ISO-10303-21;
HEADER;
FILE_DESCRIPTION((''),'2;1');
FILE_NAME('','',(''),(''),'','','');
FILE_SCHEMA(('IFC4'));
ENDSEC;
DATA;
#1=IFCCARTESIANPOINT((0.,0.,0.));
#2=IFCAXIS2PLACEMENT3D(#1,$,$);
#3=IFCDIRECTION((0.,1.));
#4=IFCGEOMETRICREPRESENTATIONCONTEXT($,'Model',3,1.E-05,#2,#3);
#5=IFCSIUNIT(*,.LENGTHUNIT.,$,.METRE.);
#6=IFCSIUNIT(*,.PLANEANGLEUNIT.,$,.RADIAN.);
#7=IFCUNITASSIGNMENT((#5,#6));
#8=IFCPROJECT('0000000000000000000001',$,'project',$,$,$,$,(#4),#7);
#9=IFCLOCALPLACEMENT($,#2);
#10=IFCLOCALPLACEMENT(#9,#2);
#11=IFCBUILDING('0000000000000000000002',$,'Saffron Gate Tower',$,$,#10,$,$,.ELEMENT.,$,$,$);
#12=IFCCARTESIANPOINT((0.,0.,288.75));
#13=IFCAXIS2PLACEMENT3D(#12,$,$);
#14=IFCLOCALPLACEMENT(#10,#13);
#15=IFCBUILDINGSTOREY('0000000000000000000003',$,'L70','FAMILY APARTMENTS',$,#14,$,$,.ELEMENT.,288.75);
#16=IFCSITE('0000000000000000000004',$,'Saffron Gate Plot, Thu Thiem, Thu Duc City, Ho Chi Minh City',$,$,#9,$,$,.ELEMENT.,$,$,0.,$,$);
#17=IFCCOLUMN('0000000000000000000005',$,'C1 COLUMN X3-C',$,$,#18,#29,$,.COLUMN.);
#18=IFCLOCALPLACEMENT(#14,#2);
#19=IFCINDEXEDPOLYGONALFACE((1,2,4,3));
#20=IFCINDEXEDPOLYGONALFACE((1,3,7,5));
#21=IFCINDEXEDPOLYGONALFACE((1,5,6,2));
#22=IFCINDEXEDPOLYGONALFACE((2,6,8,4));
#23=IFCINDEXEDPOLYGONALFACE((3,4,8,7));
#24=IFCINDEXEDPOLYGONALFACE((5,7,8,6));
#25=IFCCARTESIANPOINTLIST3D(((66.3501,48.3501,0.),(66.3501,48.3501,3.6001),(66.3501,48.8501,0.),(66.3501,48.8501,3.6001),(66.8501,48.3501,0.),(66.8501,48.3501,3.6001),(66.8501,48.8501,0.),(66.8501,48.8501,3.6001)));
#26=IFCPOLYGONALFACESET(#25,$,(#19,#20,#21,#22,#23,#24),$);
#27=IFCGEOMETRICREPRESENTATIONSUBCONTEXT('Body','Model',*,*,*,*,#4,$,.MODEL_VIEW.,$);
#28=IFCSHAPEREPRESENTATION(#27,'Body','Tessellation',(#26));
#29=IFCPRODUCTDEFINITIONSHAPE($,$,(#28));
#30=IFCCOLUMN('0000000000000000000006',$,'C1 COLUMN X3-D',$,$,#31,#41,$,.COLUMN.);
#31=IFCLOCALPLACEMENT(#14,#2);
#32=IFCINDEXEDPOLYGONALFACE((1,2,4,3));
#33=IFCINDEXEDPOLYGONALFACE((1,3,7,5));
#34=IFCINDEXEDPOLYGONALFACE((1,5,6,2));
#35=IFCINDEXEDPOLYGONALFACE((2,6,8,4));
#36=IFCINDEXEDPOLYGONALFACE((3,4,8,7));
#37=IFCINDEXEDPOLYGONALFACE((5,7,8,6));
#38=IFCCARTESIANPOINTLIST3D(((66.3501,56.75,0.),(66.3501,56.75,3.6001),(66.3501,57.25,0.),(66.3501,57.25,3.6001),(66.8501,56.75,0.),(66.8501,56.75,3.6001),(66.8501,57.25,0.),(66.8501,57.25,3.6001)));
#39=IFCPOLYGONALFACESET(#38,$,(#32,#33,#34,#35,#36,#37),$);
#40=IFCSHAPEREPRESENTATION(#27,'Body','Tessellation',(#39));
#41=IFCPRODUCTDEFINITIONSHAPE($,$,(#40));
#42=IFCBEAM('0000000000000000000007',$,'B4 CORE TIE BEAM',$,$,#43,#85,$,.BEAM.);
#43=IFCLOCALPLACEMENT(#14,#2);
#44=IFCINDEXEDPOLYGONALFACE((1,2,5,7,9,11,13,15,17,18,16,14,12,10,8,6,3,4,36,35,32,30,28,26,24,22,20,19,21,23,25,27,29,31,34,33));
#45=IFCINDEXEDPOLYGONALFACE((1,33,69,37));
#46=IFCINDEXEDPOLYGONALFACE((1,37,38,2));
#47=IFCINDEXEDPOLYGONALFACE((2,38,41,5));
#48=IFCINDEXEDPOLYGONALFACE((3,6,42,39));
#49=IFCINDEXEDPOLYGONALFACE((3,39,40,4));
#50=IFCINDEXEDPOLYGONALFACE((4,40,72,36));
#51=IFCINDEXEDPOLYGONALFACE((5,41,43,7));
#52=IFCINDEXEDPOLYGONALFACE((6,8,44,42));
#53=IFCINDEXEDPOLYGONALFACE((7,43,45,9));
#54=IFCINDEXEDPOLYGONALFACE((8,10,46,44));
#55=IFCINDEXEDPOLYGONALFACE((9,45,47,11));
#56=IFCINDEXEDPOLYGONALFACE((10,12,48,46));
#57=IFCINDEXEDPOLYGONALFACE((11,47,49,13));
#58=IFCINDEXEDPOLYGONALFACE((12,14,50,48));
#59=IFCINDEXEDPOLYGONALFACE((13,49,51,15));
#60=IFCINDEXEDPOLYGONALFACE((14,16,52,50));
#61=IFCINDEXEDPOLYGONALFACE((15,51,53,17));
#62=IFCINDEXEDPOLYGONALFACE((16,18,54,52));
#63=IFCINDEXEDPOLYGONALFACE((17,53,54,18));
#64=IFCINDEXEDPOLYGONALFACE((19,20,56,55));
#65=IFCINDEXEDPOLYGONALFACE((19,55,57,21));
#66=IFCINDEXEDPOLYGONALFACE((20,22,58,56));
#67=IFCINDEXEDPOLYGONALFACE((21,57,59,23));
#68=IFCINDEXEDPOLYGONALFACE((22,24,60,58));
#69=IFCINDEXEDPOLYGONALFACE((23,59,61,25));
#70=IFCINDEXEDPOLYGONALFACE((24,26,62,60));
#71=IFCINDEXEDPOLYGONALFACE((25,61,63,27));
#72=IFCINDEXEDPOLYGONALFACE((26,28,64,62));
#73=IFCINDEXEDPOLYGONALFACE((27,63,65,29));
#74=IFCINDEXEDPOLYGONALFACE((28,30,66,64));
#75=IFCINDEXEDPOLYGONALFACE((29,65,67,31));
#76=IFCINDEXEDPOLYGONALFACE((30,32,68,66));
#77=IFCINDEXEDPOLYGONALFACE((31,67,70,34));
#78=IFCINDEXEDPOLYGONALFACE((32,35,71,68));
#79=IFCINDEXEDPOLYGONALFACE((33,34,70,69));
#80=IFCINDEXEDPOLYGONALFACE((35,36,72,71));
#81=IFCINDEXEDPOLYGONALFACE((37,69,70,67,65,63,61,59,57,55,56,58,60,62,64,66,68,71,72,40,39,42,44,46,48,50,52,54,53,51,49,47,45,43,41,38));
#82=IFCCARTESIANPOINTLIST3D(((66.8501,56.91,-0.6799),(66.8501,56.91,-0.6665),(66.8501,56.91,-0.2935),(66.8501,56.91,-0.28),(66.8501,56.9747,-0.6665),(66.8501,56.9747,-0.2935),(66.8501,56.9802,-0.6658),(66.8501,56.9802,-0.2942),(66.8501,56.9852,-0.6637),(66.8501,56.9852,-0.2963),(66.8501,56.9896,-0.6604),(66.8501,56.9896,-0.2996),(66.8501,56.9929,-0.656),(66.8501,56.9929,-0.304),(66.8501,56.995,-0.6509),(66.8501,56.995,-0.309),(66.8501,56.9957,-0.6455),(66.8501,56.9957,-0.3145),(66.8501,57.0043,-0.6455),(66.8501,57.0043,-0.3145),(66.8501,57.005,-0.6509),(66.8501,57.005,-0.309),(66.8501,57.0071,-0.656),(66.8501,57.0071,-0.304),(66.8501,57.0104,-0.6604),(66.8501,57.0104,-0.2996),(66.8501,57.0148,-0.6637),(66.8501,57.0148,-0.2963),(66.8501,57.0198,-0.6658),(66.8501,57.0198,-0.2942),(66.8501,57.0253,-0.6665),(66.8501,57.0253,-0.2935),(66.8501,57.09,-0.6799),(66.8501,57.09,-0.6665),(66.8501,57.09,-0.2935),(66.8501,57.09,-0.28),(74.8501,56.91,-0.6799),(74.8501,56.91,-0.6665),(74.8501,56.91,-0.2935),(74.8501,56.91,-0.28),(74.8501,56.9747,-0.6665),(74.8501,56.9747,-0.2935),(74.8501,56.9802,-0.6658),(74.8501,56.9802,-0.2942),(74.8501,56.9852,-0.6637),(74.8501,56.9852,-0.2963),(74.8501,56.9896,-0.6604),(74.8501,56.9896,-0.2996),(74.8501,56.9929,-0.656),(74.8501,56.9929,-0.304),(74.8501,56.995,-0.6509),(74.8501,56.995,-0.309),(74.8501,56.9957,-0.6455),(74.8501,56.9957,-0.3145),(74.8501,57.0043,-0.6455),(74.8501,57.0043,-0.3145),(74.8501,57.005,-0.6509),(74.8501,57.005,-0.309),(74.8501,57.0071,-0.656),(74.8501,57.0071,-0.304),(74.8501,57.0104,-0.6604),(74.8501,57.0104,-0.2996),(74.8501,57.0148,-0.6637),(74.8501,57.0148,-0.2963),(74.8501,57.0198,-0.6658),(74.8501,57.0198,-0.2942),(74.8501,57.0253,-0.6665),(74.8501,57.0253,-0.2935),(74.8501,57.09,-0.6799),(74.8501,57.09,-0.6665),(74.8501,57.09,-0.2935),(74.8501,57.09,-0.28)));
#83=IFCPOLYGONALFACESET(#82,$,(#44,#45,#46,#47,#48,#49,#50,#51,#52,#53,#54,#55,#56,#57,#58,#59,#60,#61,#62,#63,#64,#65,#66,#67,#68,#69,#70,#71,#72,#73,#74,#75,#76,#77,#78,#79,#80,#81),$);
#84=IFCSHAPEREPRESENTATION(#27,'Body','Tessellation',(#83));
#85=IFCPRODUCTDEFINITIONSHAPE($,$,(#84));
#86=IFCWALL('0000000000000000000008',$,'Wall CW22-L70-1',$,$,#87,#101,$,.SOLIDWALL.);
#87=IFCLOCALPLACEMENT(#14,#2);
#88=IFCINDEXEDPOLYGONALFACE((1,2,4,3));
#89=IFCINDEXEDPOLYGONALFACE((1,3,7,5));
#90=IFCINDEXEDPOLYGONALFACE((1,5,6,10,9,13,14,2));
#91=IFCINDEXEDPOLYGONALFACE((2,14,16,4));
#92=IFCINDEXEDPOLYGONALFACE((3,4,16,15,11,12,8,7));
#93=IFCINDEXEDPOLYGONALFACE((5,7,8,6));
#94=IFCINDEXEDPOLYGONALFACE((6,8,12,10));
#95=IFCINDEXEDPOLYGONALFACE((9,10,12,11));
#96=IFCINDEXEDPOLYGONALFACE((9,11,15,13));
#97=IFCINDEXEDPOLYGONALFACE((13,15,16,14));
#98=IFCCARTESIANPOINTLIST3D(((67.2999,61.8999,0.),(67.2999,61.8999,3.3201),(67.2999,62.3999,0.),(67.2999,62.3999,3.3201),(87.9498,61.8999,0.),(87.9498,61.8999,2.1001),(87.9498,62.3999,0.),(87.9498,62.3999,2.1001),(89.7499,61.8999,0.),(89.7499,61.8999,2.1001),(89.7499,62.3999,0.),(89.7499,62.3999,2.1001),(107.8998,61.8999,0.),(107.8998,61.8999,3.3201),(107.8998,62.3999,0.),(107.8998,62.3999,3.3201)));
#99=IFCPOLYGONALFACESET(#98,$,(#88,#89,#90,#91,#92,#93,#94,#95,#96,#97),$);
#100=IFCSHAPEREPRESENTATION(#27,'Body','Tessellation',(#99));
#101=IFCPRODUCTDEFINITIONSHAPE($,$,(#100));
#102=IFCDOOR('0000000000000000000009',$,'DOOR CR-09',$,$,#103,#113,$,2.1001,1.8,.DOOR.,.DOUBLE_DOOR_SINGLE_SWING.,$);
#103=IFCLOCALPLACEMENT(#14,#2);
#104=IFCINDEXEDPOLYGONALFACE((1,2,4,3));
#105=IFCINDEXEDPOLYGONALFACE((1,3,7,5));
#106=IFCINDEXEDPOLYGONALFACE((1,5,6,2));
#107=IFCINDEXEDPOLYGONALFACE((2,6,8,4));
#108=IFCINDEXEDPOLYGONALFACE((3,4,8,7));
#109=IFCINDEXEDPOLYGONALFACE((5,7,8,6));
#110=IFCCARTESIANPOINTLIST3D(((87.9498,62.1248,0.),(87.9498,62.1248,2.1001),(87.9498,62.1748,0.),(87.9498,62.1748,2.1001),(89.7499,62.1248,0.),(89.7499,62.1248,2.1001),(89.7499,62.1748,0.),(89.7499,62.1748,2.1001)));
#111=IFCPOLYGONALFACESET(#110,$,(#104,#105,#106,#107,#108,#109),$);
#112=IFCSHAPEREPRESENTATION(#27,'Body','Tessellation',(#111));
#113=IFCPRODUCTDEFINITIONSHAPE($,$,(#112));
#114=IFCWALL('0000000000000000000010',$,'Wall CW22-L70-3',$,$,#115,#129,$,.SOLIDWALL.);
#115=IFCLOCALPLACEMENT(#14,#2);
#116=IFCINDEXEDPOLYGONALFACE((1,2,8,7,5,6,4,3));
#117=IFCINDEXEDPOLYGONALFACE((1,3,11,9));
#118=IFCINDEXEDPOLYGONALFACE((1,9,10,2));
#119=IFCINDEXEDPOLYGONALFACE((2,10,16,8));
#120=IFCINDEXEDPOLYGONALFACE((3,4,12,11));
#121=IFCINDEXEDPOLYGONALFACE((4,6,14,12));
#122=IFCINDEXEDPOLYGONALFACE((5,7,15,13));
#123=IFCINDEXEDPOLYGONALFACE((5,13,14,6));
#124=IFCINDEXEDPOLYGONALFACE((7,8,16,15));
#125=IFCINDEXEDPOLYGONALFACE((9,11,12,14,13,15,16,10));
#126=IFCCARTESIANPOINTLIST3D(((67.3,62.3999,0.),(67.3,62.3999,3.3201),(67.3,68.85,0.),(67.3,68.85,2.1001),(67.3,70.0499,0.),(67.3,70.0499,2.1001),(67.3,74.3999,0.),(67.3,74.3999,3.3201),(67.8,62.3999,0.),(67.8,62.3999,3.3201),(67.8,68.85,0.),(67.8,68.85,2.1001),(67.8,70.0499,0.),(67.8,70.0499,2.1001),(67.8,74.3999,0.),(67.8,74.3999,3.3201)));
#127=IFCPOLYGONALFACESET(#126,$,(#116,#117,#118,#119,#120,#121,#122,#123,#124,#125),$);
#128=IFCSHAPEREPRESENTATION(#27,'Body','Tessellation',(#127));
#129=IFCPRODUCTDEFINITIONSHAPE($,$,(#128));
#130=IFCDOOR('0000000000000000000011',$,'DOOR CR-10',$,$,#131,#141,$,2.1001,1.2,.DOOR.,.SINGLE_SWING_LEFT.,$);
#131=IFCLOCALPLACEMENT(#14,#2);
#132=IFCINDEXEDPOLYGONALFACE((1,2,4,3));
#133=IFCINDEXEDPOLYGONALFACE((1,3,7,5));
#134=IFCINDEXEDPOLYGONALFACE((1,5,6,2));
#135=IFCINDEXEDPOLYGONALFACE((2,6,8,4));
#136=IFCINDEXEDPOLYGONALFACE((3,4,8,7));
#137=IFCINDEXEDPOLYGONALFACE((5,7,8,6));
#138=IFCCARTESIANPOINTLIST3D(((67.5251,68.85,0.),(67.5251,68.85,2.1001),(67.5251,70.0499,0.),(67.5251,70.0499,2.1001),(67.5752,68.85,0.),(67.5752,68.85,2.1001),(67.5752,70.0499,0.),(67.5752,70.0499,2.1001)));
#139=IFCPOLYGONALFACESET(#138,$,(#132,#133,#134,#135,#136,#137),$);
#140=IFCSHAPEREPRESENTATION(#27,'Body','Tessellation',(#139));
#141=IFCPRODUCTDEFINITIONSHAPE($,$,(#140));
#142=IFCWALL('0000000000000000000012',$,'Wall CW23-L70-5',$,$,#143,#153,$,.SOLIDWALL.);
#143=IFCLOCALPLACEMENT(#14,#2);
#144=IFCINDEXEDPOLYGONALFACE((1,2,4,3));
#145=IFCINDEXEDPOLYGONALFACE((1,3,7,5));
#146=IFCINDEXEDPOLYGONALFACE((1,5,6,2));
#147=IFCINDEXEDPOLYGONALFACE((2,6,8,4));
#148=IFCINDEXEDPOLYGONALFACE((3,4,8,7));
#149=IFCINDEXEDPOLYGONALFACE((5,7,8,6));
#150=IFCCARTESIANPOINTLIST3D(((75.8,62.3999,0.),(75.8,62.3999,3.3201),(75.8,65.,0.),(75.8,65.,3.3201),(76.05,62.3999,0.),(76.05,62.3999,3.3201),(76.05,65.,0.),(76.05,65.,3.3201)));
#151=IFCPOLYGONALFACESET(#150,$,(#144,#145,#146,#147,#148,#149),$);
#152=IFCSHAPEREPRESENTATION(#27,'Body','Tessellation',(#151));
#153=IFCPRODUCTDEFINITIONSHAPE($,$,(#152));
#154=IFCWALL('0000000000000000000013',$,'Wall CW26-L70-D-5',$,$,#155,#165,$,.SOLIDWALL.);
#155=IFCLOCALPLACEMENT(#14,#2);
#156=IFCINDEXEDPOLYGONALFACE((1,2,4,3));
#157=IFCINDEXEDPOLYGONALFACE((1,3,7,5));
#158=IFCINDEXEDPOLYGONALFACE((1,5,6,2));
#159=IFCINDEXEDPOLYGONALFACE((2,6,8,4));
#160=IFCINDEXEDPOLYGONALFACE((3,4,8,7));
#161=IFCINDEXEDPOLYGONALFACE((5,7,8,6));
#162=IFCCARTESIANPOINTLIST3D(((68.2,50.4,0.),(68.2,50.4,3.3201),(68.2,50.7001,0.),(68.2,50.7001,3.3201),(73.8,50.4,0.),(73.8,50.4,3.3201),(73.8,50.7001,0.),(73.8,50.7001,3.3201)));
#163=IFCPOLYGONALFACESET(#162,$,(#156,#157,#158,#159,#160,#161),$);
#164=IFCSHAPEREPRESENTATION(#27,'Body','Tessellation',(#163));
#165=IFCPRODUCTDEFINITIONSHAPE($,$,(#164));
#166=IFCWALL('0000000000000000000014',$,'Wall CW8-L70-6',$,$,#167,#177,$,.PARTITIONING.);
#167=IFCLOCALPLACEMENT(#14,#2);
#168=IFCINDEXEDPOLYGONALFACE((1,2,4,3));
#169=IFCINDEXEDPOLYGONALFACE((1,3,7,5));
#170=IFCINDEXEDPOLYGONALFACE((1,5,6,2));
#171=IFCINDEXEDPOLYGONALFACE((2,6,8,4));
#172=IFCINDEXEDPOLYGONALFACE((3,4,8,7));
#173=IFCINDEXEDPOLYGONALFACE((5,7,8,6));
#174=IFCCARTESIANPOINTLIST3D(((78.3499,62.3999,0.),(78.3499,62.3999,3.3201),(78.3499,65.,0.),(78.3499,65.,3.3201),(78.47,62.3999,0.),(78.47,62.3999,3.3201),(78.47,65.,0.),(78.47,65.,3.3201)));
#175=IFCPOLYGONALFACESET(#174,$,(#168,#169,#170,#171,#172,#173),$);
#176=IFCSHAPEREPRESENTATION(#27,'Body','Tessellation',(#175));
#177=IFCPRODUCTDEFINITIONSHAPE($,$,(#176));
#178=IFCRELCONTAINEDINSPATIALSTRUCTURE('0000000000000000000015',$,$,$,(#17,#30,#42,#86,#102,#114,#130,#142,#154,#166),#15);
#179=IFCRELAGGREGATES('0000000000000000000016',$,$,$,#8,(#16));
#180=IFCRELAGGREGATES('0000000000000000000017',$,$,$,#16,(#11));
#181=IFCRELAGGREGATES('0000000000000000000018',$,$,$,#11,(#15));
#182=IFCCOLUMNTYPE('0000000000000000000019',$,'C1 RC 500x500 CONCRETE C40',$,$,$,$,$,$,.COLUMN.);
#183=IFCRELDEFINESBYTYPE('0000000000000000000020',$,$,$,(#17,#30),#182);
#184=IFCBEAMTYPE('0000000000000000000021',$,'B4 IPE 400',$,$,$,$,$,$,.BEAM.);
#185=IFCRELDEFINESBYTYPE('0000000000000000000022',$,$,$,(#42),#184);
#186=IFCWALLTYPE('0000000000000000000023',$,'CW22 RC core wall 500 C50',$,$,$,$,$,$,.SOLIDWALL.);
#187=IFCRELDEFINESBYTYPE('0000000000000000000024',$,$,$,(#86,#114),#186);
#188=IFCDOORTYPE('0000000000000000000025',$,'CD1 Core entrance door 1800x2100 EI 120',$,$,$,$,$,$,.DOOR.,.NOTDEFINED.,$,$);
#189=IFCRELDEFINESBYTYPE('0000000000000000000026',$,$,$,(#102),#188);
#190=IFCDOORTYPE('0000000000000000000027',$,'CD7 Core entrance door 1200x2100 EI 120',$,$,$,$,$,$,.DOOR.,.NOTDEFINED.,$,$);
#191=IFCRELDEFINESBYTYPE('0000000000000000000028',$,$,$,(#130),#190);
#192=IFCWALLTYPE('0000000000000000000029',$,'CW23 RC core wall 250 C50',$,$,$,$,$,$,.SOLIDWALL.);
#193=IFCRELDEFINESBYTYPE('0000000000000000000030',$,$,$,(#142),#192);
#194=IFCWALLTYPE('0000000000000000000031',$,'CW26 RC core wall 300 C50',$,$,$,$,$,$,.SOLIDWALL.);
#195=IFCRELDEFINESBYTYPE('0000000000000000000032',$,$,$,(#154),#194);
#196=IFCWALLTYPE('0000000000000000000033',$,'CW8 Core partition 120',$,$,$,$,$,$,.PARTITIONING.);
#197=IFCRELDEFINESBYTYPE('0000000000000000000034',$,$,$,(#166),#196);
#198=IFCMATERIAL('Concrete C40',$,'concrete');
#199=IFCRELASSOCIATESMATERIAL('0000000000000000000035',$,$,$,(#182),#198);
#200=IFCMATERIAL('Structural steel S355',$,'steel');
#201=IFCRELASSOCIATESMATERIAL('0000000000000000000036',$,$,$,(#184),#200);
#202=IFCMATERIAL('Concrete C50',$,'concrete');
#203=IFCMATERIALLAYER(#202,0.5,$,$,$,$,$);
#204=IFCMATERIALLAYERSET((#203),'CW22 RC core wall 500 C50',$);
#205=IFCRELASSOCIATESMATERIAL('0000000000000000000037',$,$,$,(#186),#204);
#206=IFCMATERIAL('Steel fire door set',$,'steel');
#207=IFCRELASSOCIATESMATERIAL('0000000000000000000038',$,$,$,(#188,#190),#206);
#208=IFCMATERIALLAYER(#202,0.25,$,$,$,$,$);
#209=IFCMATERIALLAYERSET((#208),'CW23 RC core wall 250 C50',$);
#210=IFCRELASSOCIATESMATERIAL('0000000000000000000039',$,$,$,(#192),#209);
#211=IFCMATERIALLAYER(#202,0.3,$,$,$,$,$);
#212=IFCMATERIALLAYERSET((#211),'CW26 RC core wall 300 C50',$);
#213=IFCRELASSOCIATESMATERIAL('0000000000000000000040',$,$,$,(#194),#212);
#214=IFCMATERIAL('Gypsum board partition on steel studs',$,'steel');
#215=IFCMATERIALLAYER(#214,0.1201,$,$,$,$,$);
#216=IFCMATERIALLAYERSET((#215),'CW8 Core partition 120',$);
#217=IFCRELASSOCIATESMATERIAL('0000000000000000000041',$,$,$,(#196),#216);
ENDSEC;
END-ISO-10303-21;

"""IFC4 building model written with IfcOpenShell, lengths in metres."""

from ifc_helpers import new_model, si_unit, direction, frame, frame_2d, origin, origin_2d, place, context, subcontext, project, spatial, rectangle, i_section, extrude, material, layer, layer_set, material_profile, profile_set, type_object, element, fill, save


model = new_model("IFC4")

# Units and contexts
model_context = context("Model", 3, precision=1e-05, world=origin(), true_north=direction((0.0, 1.0)))
body_context = subcontext(model_context, "Body", "Model", "MODEL_VIEW")
ifc_project = project(units=[si_unit("LENGTHUNIT", "METRE"), si_unit("PLANEANGLEUNIT", "RADIAN")], contexts=[model_context])

# Site, building, storey
site_placement = place(None, origin())
site = spatial("IfcSite", under=ifc_project, at=site_placement, Name="Saffron Gate Plot, Thu Thiem, Thu Duc City, Ho Chi Minh City", CompositionType="ELEMENT", RefElevation=0.0)
building_placement = place(site_placement, origin())
building = spatial("IfcBuilding", under=site, at=building_placement, Name="Saffron Gate Tower", CompositionType="ELEMENT")
storey_placement = place(building_placement, frame((0.0, 0.0, 288.75)))
storey = spatial("IfcBuildingStorey", under=building, at=storey_placement, Name="L70", Description="FAMILY APARTMENTS", CompositionType="ELEMENT", Elevation=288.75)

# Columns
ifc_material_1 = material(Name="Concrete C40", Category="concrete")
ifc_material_profile_1 = material_profile(ifc_material_1, rectangle(XDim=0.5, YDim=0.5, at=origin_2d()))
ifc_profile_set_1 = profile_set([ifc_material_profile_1], Name="Concrete C40")
column_type = type_object("IfcColumnType", Name="C1 RC 500x500 CONCRETE C40", PredefinedType="COLUMN", material=ifc_profile_set_1)
for number, where, z_axis, x_axis, name in (
    (1, (66.6001, 48.6001, 0.0), (0.0, 0.0, 1.0), (1.0, 0.0, 0.0), "C1 COLUMN X3-C"),
    (2, (66.6001, 57.0, 0.0), (0.0, 0.0, 1.0), (1.0, 0.0, 0.0), "C1 COLUMN X3-D"),
):
    element("IfcColumn", number, at=place(storey_placement, frame(where, z_axis=z_axis, x_axis=x_axis)), inside=storey, type_object=column_type, Name=name, PredefinedType="COLUMN", context=body_context, shape_type="SweptSolid", body=[
        extrude(rectangle(XDim=0.5, YDim=0.5, at=origin_2d()), origin(), (0.0, 0.0, 1.0), 3.6001),
    ])

# Beam
ifc_material_2 = material(Name="Structural steel S355", Category="steel")
ifc_material_profile_2 = material_profile(ifc_material_2, i_section(OverallWidth=0.1799, OverallDepth=0.3999, WebThickness=0.0085, FlangeThickness=0.0134, FilletRadius=0.021, at=origin_2d()))
ifc_profile_set_2 = profile_set([ifc_material_profile_2], Name="Structural steel S355")
beam_type = type_object("IfcBeamType", Name="B4 IPE 400", PredefinedType="BEAM", material=ifc_profile_set_2)
beam_placement = place(storey_placement, frame((66.8501, 57.0, -0.48), z_axis=(1.0, 0.0, 0.0), x_axis=(0.0, 1.0, 0.0)))
element("IfcBeam", 3, at=beam_placement, inside=storey, type_object=beam_type, Name="B4 CORE TIE BEAM", PredefinedType="BEAM", context=body_context, shape_type="SweptSolid", body=[
    extrude(i_section(OverallWidth=0.1799, OverallDepth=0.3999, WebThickness=0.0085, FlangeThickness=0.0134, FilletRadius=0.021, at=origin_2d()), origin(), (0.0, 0.0, 1.0), 8.0),
])

# Walls, openings, doors
ifc_material_3 = material(Name="Concrete C50", Category="concrete")
ifc_layer_1 = layer(ifc_material_3, 0.5)
ifc_layer_set_1 = layer_set([ifc_layer_1], Name="CW22 RC core wall 500 C50")
wall_type_1 = type_object("IfcWallType", Name="CW22 RC core wall 500 C50", PredefinedType="SOLIDWALL", material=ifc_layer_set_1)
wall_1_placement = place(storey_placement, frame((67.3, 62.1499, 0.0), z_axis=(0.0, 0.0, 1.0), x_axis=(1.0, 0.0, 0.0)))
wall_1 = element("IfcWall", 4, at=wall_1_placement, inside=storey, type_object=wall_type_1, Name="Wall CW22-L70-1", PredefinedType="SOLIDWALL", context=body_context, shape_type="SweptSolid", body=[
    extrude(rectangle(XDim=40.5999, YDim=0.5, at=frame_2d((20.2998, 0.0))), origin(), (0.0, 0.0, 1.0), 3.3201),
])
opening_1_placement = place(wall_1_placement, frame((20.6499, 0.0, 0.0)))
opening_1 = element("IfcOpeningElement", 5, at=opening_1_placement, cuts=wall_1, PredefinedType="OPENING", context=body_context, shape_type="SweptSolid", body=[
    extrude(rectangle(XDim=1.8, YDim=2.1001, at=frame_2d((0.8999, 1.05))), frame((0.0, 0.26, 0.0), z_axis=(0.0, -1.0, 0.0), x_axis=(1.0, 0.0, 0.0)), (0.0, 0.0, 1.0), 0.52),
])
ifc_material_4 = material(Name="Steel fire door set", Category="steel")
door_type_1 = type_object("IfcDoorType", Name="CD1 Core entrance door 1800x2100 EI 120", OperationType="NOTDEFINED", PredefinedType="DOOR", material=ifc_material_4)
door_1_placement = place(opening_1_placement, origin())
door_1 = element("IfcDoor", 6, at=door_1_placement, inside=storey, type_object=door_type_1, Name="DOOR CR-09", OperationType="DOUBLE_DOOR_SINGLE_SWING", OverallHeight=2.1001, OverallWidth=1.8, PredefinedType="DOOR", context=body_context, shape_type="SweptSolid", body=[
    extrude(rectangle(XDim=1.8, YDim=2.1001, at=frame_2d((0.8999, 1.05))), frame((0.0, 0.0249, 0.0), z_axis=(0.0, -1.0, 0.0), x_axis=(1.0, 0.0, 0.0)), (0.0, 0.0, 1.0), 0.05),
])
fill(opening_1, door_1)
wall_2_placement = place(storey_placement, frame((67.55, 62.3999, 0.0), z_axis=(0.0, 0.0, 1.0), x_axis=(0.0, 1.0, 0.0)))
wall_2 = element("IfcWall", 7, at=wall_2_placement, inside=storey, type_object=wall_type_1, Name="Wall CW22-L70-3", PredefinedType="SOLIDWALL", context=body_context, shape_type="SweptSolid", body=[
    extrude(rectangle(XDim=12.0, YDim=0.5, at=frame_2d((6.0, 0.0))), origin(), (0.0, 0.0, 1.0), 3.3201),
])
opening_2_placement = place(wall_2_placement, frame((6.45, 0.0, 0.0)))
opening_2 = element("IfcOpeningElement", 8, at=opening_2_placement, cuts=wall_2, PredefinedType="OPENING", context=body_context, shape_type="SweptSolid", body=[
    extrude(rectangle(XDim=1.2, YDim=2.1001, at=frame_2d((0.6001, 1.05))), frame((0.0, 0.26, 0.0), z_axis=(0.0, -1.0, 0.0), x_axis=(1.0, 0.0, 0.0)), (0.0, 0.0, 1.0), 0.52),
])
door_type_2 = type_object("IfcDoorType", Name="CD7 Core entrance door 1200x2100 EI 120", OperationType="NOTDEFINED", PredefinedType="DOOR", material=ifc_material_4)
door_2_placement = place(opening_2_placement, origin())
door_2 = element("IfcDoor", 9, at=door_2_placement, inside=storey, type_object=door_type_2, Name="DOOR CR-10", OperationType="SINGLE_SWING_LEFT", OverallHeight=2.1001, OverallWidth=1.2, PredefinedType="DOOR", context=body_context, shape_type="SweptSolid", body=[
    extrude(rectangle(XDim=1.2, YDim=2.1001, at=frame_2d((0.6001, 1.05))), frame((0.0, 0.0249, 0.0), z_axis=(0.0, -1.0, 0.0), x_axis=(1.0, 0.0, 0.0)), (0.0, 0.0, 1.0), 0.05),
])
fill(opening_2, door_2)

# Walls
ifc_layer_2 = layer(ifc_material_3, 0.25)
ifc_layer_set_2 = layer_set([ifc_layer_2], Name="CW23 RC core wall 250 C50")
wall_type_2 = type_object("IfcWallType", Name="CW23 RC core wall 250 C50", PredefinedType="SOLIDWALL", material=ifc_layer_set_2)
wall_3_placement = place(storey_placement, frame((75.925, 62.3999, 0.0), z_axis=(0.0, 0.0, 1.0), x_axis=(0.0, 1.0, 0.0)))
element("IfcWall", 10, at=wall_3_placement, inside=storey, type_object=wall_type_2, Name="Wall CW23-L70-5", PredefinedType="SOLIDWALL", context=body_context, shape_type="SweptSolid", body=[
    extrude(rectangle(XDim=2.6001, YDim=0.25, at=frame_2d((1.3, 0.0))), origin(), (0.0, 0.0, 1.0), 3.3201),
])
ifc_layer_3 = layer(ifc_material_3, 0.3)
ifc_layer_set_3 = layer_set([ifc_layer_3], Name="CW26 RC core wall 300 C50")
wall_type_3 = type_object("IfcWallType", Name="CW26 RC core wall 300 C50", PredefinedType="SOLIDWALL", material=ifc_layer_set_3)
wall_4_placement = place(storey_placement, frame((68.2, 50.55, 0.0), z_axis=(0.0, 0.0, 1.0), x_axis=(1.0, 0.0, 0.0)))
element("IfcWall", 11, at=wall_4_placement, inside=storey, type_object=wall_type_3, Name="Wall CW26-L70-D-5", PredefinedType="SOLIDWALL", context=body_context, shape_type="SweptSolid", body=[
    extrude(rectangle(XDim=5.6001, YDim=0.3, at=frame_2d((2.8, 0.0))), origin(), (0.0, 0.0, 1.0), 3.3201),
])
ifc_material_5 = material(Name="Gypsum board partition on steel studs", Category="steel")
ifc_layer_4 = layer(ifc_material_5, 0.1201)
ifc_layer_set_4 = layer_set([ifc_layer_4], Name="CW8 Core partition 120")
wall_type_4 = type_object("IfcWallType", Name="CW8 Core partition 120", PredefinedType="PARTITIONING", material=ifc_layer_set_4)
wall_5_placement = place(storey_placement, frame((78.4099, 62.3999, 0.0), z_axis=(0.0, 0.0, 1.0), x_axis=(0.0, 1.0, 0.0)))
element("IfcWall", 12, at=wall_5_placement, inside=storey, type_object=wall_type_4, Name="Wall CW8-L70-6", PredefinedType="PARTITIONING", context=body_context, shape_type="SweptSolid", body=[
    extrude(rectangle(XDim=2.6001, YDim=0.1201, at=frame_2d((1.3, 0.0))), origin(), (0.0, 0.0, 1.0), 3.3201),
])

save(model, "model.ifc")
